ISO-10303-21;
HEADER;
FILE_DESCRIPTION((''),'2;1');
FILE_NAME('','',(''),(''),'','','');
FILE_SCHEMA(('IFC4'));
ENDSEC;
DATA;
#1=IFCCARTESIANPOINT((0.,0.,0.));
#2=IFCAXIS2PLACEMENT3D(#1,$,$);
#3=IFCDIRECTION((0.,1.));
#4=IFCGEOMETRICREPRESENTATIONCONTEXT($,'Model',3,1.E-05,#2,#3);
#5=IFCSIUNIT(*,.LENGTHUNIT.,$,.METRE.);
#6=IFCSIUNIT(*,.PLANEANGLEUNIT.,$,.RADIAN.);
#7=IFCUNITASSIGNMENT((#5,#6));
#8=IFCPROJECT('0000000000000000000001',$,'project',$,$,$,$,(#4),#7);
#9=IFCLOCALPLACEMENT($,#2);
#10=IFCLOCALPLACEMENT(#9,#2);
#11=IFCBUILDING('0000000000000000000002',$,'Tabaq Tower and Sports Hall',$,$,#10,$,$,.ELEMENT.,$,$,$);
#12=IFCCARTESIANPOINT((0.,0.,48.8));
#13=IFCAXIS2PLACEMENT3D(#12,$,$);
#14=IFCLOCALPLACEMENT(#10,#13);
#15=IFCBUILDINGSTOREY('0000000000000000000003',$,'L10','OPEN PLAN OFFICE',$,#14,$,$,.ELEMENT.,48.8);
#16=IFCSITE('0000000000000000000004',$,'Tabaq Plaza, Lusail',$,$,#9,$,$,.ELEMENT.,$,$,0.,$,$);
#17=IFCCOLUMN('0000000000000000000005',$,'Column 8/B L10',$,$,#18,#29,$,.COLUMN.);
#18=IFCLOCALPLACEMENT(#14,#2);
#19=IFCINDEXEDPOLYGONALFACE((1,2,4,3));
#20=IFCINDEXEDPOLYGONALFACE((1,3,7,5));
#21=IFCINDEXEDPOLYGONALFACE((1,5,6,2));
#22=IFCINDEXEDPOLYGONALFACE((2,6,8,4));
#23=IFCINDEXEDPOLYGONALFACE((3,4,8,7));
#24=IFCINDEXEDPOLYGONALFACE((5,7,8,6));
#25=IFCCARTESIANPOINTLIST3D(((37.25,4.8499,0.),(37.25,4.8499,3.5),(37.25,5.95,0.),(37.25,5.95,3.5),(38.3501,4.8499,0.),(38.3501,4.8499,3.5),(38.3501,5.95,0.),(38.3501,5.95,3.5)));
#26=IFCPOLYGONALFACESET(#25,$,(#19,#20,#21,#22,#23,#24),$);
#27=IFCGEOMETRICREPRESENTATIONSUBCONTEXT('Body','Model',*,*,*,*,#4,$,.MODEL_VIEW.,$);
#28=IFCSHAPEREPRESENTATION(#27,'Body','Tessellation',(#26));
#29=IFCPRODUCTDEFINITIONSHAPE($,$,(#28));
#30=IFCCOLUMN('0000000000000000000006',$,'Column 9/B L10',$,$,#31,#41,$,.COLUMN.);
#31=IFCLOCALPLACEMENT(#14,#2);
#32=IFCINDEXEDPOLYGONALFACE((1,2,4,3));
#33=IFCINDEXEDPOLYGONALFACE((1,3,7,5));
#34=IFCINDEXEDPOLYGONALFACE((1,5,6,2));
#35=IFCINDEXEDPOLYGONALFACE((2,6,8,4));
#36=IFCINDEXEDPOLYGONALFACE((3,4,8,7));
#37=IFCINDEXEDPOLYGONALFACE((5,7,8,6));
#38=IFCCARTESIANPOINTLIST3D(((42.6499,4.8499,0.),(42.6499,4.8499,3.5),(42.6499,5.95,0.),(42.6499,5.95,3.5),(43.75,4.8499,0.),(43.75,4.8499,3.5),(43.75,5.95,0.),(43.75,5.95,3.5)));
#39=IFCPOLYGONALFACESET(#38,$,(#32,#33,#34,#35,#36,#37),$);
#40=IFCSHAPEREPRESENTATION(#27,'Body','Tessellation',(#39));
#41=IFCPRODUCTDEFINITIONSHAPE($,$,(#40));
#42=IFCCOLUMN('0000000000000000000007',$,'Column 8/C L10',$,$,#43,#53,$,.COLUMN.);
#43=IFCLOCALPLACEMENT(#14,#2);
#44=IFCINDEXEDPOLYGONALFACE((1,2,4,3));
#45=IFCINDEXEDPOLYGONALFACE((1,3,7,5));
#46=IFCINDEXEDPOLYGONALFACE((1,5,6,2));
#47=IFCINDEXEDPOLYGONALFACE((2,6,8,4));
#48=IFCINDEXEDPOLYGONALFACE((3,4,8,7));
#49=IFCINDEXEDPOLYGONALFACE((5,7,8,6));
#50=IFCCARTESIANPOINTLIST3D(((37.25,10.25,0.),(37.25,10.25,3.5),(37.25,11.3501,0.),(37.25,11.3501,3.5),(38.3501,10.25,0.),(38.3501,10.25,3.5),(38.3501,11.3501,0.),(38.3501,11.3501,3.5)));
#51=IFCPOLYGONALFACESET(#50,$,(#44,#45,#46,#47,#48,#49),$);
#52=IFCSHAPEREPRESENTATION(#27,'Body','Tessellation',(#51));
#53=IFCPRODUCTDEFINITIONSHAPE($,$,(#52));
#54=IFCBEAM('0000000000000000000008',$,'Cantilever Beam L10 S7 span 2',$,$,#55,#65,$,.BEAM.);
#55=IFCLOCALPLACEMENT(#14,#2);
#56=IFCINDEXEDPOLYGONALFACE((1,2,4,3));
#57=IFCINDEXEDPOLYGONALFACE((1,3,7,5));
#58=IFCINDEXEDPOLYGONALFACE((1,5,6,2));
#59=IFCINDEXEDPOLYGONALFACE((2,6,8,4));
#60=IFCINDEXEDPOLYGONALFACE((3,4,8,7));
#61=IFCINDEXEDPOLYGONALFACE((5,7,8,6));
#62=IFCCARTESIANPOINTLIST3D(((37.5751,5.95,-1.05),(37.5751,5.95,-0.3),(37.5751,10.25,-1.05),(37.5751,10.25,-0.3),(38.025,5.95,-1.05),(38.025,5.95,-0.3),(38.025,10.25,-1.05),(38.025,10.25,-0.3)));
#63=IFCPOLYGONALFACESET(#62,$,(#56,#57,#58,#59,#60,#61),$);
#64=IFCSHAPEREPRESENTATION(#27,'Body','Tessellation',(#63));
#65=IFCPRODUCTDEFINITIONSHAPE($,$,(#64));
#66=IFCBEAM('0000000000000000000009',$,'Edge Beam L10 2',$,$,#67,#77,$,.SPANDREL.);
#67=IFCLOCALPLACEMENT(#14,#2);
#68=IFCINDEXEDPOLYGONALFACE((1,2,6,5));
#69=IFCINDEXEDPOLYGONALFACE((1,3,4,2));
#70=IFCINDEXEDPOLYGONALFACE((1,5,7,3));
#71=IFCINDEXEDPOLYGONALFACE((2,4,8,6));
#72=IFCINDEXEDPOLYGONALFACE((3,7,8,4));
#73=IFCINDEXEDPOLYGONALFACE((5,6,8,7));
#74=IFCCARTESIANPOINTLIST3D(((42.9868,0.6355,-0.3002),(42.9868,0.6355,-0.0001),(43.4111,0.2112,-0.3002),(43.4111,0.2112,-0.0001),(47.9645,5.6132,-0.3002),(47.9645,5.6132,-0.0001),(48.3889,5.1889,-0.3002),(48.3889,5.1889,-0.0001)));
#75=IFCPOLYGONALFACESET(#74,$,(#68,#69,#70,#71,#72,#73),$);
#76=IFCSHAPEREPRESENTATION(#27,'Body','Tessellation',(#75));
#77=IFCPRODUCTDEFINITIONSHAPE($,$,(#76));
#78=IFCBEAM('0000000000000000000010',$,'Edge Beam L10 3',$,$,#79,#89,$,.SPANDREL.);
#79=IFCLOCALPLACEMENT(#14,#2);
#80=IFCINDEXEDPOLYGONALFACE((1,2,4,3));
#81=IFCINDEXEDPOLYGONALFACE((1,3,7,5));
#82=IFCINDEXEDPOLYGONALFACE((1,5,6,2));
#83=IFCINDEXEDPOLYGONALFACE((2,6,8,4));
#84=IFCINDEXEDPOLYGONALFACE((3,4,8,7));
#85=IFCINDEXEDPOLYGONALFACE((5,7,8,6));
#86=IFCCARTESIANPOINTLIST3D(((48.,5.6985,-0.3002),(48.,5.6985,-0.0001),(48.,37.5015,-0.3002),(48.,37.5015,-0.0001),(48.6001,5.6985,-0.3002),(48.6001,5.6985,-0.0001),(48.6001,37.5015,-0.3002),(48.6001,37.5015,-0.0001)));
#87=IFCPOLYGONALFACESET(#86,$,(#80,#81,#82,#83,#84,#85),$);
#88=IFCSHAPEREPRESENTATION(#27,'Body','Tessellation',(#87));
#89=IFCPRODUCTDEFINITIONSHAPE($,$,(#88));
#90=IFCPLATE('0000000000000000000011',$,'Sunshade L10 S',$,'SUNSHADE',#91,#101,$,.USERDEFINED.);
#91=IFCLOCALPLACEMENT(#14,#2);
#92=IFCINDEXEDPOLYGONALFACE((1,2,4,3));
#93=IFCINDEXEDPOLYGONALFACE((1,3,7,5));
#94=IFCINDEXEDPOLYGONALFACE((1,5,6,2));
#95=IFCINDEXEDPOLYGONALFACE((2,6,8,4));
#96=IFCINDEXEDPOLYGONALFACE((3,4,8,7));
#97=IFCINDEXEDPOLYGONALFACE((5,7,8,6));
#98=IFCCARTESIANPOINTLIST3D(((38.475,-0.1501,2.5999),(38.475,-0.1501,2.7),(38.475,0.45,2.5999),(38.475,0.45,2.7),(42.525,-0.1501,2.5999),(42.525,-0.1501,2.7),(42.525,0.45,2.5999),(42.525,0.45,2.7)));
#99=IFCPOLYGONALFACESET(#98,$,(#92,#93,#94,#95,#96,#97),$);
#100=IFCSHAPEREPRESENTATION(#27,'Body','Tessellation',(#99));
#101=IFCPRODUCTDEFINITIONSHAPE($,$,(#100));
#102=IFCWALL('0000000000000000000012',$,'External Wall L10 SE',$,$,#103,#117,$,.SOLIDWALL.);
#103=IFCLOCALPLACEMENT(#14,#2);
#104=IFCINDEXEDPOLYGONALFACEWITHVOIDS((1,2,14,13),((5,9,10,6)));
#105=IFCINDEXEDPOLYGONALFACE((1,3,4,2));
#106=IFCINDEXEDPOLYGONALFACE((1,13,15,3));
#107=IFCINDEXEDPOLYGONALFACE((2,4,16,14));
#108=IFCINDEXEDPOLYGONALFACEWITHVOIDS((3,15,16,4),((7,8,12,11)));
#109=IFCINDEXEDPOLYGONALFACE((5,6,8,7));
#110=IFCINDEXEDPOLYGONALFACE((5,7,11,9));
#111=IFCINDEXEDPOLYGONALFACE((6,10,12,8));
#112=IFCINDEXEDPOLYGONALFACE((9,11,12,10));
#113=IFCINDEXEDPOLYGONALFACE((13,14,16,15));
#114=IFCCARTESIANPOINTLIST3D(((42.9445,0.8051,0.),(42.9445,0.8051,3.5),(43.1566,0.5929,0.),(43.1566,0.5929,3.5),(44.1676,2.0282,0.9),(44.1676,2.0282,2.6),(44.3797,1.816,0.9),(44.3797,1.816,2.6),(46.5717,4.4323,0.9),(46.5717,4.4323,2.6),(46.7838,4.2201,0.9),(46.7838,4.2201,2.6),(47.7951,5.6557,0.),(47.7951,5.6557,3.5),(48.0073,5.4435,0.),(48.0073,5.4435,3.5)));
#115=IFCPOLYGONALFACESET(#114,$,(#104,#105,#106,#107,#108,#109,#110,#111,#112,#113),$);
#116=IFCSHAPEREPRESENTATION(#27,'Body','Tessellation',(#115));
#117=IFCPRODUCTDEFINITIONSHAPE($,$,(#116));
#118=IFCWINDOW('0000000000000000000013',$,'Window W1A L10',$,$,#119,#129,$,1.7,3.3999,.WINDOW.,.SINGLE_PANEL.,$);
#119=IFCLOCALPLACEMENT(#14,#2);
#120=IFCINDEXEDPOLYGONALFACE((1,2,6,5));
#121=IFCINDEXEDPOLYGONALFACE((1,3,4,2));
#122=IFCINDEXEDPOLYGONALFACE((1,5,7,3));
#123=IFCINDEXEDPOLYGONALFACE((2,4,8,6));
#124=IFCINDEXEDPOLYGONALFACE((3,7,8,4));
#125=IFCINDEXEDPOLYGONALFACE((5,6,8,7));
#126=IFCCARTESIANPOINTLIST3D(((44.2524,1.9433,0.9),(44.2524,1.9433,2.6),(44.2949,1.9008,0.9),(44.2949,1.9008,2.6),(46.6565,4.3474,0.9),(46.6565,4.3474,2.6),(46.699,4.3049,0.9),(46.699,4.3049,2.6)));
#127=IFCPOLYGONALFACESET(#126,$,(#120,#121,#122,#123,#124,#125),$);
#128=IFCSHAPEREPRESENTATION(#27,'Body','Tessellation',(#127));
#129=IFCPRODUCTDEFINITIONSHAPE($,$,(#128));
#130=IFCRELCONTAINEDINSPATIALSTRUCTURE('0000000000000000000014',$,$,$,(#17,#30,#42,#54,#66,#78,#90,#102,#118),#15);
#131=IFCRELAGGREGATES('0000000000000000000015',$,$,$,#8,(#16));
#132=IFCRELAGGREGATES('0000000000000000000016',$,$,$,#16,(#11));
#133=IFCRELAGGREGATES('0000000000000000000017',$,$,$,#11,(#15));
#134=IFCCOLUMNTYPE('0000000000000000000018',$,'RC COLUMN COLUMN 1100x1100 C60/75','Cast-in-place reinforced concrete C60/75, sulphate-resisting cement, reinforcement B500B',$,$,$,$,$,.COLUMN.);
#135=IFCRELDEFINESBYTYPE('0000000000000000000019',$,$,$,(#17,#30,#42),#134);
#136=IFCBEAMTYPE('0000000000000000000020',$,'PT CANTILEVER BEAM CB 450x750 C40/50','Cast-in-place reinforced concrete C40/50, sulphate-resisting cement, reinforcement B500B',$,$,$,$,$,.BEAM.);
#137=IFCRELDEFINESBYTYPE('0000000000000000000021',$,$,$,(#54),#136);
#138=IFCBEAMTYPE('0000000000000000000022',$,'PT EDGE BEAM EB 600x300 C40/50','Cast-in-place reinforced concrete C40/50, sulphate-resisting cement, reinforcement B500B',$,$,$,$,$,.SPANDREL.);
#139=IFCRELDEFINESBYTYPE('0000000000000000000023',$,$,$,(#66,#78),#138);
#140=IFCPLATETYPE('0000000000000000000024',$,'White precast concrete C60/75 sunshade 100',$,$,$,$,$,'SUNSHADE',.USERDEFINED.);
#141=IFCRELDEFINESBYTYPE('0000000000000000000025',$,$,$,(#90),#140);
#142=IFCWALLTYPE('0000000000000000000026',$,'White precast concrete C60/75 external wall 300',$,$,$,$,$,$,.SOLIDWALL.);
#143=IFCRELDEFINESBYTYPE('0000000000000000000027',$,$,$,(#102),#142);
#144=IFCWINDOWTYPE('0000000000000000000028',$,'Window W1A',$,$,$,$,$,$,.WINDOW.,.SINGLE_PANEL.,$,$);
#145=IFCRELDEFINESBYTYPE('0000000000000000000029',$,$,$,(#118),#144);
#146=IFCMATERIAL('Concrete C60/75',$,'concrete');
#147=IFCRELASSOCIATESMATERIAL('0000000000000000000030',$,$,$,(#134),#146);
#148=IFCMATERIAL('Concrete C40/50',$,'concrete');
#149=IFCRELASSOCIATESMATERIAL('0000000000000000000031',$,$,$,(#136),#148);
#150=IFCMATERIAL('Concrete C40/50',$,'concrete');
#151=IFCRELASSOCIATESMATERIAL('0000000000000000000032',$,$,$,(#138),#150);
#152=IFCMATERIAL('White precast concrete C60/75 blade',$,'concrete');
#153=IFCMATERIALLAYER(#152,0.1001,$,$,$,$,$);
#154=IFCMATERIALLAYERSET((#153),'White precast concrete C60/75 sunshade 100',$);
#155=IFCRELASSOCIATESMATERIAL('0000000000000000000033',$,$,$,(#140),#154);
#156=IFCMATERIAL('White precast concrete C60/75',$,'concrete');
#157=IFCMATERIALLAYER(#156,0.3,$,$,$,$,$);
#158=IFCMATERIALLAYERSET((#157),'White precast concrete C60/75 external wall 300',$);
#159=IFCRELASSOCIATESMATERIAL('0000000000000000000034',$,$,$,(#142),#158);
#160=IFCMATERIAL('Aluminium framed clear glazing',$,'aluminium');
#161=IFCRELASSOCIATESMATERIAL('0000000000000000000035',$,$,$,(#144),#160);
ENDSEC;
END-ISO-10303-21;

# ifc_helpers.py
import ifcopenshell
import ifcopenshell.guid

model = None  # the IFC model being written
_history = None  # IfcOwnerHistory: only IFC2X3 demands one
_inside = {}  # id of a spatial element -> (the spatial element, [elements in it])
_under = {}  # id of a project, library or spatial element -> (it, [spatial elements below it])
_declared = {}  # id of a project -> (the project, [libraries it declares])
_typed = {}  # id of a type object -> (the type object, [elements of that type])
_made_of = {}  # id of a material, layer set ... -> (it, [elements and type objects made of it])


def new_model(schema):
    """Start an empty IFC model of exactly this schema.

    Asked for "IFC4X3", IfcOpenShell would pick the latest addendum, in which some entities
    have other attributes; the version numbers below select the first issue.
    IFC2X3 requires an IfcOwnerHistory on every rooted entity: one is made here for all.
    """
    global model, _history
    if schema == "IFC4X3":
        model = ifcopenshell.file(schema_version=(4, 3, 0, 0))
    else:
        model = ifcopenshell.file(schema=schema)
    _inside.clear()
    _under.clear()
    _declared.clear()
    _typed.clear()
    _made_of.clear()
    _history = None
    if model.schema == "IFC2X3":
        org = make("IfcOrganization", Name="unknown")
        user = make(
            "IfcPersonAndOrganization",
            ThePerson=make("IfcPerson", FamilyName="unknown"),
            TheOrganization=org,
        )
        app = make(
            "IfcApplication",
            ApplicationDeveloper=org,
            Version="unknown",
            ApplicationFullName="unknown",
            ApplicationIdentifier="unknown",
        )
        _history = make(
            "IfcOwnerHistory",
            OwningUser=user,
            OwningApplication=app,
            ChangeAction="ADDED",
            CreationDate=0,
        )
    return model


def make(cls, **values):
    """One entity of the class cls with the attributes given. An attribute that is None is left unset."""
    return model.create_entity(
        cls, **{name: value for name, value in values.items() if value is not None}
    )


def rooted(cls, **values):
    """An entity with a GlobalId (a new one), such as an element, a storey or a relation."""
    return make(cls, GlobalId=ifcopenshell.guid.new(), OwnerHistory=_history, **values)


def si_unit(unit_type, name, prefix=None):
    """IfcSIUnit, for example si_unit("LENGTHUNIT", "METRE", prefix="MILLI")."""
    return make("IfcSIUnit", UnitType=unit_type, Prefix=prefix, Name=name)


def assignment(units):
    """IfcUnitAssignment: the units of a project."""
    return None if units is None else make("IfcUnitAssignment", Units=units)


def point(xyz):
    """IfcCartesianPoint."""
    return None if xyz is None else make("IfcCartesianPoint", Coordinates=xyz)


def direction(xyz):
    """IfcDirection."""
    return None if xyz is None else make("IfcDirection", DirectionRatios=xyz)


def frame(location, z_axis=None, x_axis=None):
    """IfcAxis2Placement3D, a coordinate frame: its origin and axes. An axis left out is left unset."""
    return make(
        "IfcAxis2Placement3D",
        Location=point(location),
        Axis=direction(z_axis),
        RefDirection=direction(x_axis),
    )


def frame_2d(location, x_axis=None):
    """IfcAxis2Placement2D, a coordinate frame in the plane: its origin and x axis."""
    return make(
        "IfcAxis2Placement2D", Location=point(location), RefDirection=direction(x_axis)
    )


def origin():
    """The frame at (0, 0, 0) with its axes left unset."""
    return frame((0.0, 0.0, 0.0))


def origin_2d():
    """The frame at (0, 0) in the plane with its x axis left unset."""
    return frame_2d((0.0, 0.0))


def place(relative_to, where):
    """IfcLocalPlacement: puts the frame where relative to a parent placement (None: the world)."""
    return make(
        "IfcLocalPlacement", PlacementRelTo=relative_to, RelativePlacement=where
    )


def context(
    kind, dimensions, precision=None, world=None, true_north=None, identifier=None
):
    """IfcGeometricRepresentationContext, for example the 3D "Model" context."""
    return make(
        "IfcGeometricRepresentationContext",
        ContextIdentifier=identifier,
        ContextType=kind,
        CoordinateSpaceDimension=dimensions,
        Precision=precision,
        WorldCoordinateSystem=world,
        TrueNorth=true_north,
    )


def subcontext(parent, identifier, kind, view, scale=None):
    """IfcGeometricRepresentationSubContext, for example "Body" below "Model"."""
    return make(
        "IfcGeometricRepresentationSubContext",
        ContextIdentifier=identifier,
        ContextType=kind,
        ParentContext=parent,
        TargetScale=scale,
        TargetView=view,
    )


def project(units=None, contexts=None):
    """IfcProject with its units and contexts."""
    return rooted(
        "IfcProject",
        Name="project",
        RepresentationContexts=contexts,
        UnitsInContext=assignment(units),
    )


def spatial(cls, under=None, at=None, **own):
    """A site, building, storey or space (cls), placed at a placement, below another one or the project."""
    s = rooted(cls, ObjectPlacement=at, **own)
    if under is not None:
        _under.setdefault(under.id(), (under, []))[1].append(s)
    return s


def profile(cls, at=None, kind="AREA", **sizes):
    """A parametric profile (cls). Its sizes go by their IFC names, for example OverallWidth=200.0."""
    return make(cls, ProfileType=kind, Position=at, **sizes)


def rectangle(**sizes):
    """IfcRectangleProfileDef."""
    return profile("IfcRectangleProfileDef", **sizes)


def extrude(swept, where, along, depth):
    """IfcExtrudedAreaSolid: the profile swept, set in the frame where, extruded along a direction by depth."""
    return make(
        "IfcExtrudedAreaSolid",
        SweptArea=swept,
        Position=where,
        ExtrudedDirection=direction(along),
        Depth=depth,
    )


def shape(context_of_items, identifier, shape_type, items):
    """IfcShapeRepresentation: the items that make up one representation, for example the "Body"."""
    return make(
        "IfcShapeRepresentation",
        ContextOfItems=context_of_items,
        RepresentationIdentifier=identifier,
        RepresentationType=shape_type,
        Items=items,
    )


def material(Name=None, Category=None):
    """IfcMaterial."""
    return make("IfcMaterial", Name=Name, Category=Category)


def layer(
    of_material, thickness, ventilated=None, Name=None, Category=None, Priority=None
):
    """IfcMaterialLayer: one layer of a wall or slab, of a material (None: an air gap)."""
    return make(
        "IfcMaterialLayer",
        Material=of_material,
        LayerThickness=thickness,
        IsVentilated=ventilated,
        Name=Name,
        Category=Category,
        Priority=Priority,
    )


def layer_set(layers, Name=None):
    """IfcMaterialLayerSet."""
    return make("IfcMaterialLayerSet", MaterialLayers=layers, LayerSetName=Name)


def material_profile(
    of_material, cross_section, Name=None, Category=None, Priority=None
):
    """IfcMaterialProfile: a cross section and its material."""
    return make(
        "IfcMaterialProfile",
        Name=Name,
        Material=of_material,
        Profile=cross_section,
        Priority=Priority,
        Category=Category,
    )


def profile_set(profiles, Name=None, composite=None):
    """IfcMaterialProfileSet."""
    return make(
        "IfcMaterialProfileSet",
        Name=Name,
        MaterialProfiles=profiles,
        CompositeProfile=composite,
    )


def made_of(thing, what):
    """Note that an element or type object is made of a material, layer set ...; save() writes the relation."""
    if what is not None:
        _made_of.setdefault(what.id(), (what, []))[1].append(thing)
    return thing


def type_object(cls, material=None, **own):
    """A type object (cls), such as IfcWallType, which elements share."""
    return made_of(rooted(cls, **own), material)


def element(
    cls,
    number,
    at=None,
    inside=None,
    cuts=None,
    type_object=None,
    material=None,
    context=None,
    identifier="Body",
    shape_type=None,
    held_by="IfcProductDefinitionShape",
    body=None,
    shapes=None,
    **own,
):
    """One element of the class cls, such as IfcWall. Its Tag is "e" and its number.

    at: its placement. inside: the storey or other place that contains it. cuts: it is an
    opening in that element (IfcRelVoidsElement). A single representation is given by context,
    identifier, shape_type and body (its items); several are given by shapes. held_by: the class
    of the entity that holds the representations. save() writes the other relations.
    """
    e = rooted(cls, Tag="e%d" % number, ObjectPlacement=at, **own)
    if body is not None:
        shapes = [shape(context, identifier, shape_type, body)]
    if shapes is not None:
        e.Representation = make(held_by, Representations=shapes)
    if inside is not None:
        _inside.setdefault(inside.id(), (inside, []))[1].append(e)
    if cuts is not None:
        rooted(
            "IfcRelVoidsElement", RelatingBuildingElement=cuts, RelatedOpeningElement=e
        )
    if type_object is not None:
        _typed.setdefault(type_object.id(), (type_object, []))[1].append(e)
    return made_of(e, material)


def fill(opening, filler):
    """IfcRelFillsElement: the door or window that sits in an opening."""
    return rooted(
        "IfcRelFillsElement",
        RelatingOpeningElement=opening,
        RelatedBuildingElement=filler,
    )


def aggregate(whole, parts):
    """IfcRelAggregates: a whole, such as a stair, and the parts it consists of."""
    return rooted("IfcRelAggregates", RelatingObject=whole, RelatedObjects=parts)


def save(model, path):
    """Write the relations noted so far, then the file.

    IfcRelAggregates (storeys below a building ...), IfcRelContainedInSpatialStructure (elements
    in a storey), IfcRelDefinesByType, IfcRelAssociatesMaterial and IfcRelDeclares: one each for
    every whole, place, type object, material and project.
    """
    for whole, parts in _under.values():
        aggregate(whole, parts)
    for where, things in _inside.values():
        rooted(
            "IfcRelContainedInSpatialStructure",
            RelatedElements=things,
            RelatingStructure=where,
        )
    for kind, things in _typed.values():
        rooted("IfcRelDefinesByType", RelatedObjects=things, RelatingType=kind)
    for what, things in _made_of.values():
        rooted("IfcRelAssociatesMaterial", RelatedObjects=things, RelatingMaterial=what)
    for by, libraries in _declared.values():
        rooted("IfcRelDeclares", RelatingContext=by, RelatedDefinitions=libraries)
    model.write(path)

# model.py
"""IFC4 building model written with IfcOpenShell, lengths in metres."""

from ifc_helpers import new_model, si_unit, direction, frame, frame_2d, origin, origin_2d, place, context, subcontext, project, spatial, rectangle, extrude, material, layer, layer_set, material_profile, profile_set, type_object, element, fill, save


model = new_model("IFC4")

# Units and contexts
model_context = context("Model", 3, precision=1e-05, world=origin(), true_north=direction((0.0, 1.0)))
body_context = subcontext(model_context, "Body", "Model", "MODEL_VIEW")
ifc_project = project(units=[si_unit("LENGTHUNIT", "METRE"), si_unit("PLANEANGLEUNIT", "RADIAN")], contexts=[model_context])

# Site, building, storey
site_placement = place(None, origin())
site = spatial("IfcSite", under=ifc_project, at=site_placement, Name="Tabaq Plaza, Lusail", CompositionType="ELEMENT", RefElevation=0.0)
building_placement = place(site_placement, origin())
building = spatial("IfcBuilding", under=site, at=building_placement, Name="Tabaq Tower and Sports Hall", CompositionType="ELEMENT")
storey_placement = place(building_placement, frame((0.0, 0.0, 48.8)))
storey = spatial("IfcBuildingStorey", under=building, at=storey_placement, Name="L10", Description="OPEN PLAN OFFICE", CompositionType="ELEMENT", Elevation=48.8)

# Columns
ifc_material_1 = material(Name="Concrete C60/75", Category="concrete")
ifc_material_profile_1 = material_profile(ifc_material_1, rectangle(XDim=1.1001, YDim=1.1001, at=origin_2d()), Name="COLUMN 1100x1100")
ifc_profile_set_1 = profile_set([ifc_material_profile_1], Name="Concrete C60/75")
column_type = type_object("IfcColumnType", Name="RC COLUMN COLUMN 1100x1100 C60/75", Description="Cast-in-place reinforced concrete C60/75, sulphate-resisting cement, reinforcement B500B", PredefinedType="COLUMN", material=ifc_profile_set_1)
for number, where, z_axis, x_axis, name in (
    (1, (37.8, 5.3999, 0.0), (0.0, 0.0, 1.0), (1.0, 0.0, 0.0), "Column 8/B L10"),
    (2, (43.2, 5.3999, 0.0), (0.0, 0.0, 1.0), (1.0, 0.0, 0.0), "Column 9/B L10"),
    (3, (37.8, 10.8, 0.0), (0.0, 0.0, 1.0), (1.0, 0.0, 0.0), "Column 8/C L10"),
):
    element("IfcColumn", number, at=place(storey_placement, frame(where, z_axis=z_axis, x_axis=x_axis)), inside=storey, type_object=column_type, Name=name, PredefinedType="COLUMN", context=body_context, shape_type="SweptSolid", body=[
        extrude(rectangle(XDim=1.1001, YDim=1.1001, at=origin_2d()), origin(), (0.0, 0.0, 1.0), 3.5),
    ])

# Beams
ifc_material_2 = material(Name="Concrete C40/50", Category="concrete")
ifc_material_profile_2 = material_profile(ifc_material_2, rectangle(XDim=0.45, YDim=0.75, at=origin_2d()), Name="CB 450x750")
ifc_profile_set_2 = profile_set([ifc_material_profile_2], Name="Concrete C40/50")
beam_type_1 = type_object("IfcBeamType", Name="PT CANTILEVER BEAM CB 450x750 C40/50", Description="Cast-in-place reinforced concrete C40/50, sulphate-resisting cement, reinforcement B500B", PredefinedType="BEAM", material=ifc_profile_set_2)
beam_1_placement = place(storey_placement, frame((37.8, 5.95, -0.675), z_axis=(0.0, 1.0, 0.0), x_axis=(-1.0, 0.0, 0.0)))
element("IfcBeam", 4, at=beam_1_placement, inside=storey, type_object=beam_type_1, Name="Cantilever Beam L10 S7 span 2", PredefinedType="BEAM", context=body_context, shape_type="SweptSolid", body=[
    extrude(rectangle(XDim=0.45, YDim=0.75, at=origin_2d()), origin(), (0.0, 0.0, 1.0), 4.3),
])
ifc_material_3 = material(Name="Concrete C40/50", Category="concrete")
ifc_material_profile_3 = material_profile(ifc_material_3, rectangle(XDim=0.6001, YDim=0.3, at=origin_2d()), Name="EB 600x300")
ifc_profile_set_3 = profile_set([ifc_material_profile_3], Name="Concrete C40/50")
beam_type_2 = type_object("IfcBeamType", Name="PT EDGE BEAM EB 600x300 C40/50", Description="Cast-in-place reinforced concrete C40/50, sulphate-resisting cement, reinforcement B500B", PredefinedType="SPANDREL", material=ifc_profile_set_3)
beam_2_placement = place(storey_placement, frame((43.199, 0.4233, -0.1501), z_axis=(0.707107, 0.707107, 0.0), x_axis=(-0.707107, 0.707107, 0.0)))
element("IfcBeam", 5, at=beam_2_placement, inside=storey, type_object=beam_type_2, Name="Edge Beam L10 2", PredefinedType="SPANDREL", context=body_context, shape_type="SweptSolid", body=[
    extrude(rectangle(XDim=0.6001, YDim=0.3, at=origin_2d()), origin(), (0.0, 0.0, 1.0), 7.0396),
])
beam_3_placement = place(storey_placement, frame((48.3, 5.6985, -0.1501), z_axis=(0.0, 1.0, 0.0), x_axis=(-1.0, 0.0, 0.0)))
element("IfcBeam", 6, at=beam_3_placement, inside=storey, type_object=beam_type_2, Name="Edge Beam L10 3", PredefinedType="SPANDREL", context=body_context, shape_type="SweptSolid", body=[
    extrude(rectangle(XDim=0.6001, YDim=0.3, at=origin_2d()), origin(), (0.0, 0.0, 1.0), 31.803),
])

# Plate
ifc_material_4 = material(Name="White precast concrete C60/75 blade", Category="concrete")
ifc_layer_1 = layer(ifc_material_4, 0.1001)
ifc_layer_set_1 = layer_set([ifc_layer_1], Name="White precast concrete C60/75 sunshade 100")
plate_type = type_object("IfcPlateType", Name="White precast concrete C60/75 sunshade 100", ElementType="SUNSHADE", PredefinedType="USERDEFINED", material=ifc_layer_set_1)
plate_placement = place(storey_placement, frame((40.5, 0.1499, 2.5999), z_axis=(0.0, 0.0, 1.0), x_axis=(1.0, 0.0, 0.0)))
element("IfcPlate", 7, at=plate_placement, inside=storey, type_object=plate_type, Name="Sunshade L10 S", ObjectType="SUNSHADE", PredefinedType="USERDEFINED", context=body_context, shape_type="SweptSolid", body=[
    extrude(rectangle(XDim=4.05, YDim=0.6001, at=origin_2d()), origin(), (0.0, 0.0, 1.0), 0.1001),
])

# Wall, opening, window
ifc_material_5 = material(Name="White precast concrete C60/75", Category="concrete")
ifc_layer_2 = layer(ifc_material_5, 0.3)
ifc_layer_set_2 = layer_set([ifc_layer_2], Name="White precast concrete C60/75 external wall 300")
wall_type = type_object("IfcWallType", Name="White precast concrete C60/75 external wall 300", PredefinedType="SOLIDWALL", material=ifc_layer_set_2)
wall_1_placement = place(storey_placement, frame((43.0505, 0.699, 0.0), z_axis=(0.0, 0.0, 1.0), x_axis=(0.707107, 0.707107, 0.0)))
wall_1 = element("IfcWall", 8, at=wall_1_placement, inside=storey, type_object=wall_type, Name="External Wall L10 SE", PredefinedType="SOLIDWALL", context=body_context, shape_type="SweptSolid", body=[
    extrude(rectangle(XDim=6.8599, YDim=0.3, at=frame_2d((3.4299, 0.0))), origin(), (0.0, 0.0, 1.0), 3.5),
])
opening_1_placement = place(wall_1_placement, frame((1.7297, 0.0, 0.8999)))
opening_1 = element("IfcOpeningElement", 9, at=opening_1_placement, cuts=wall_1, PredefinedType="OPENING", context=body_context, shape_type="SweptSolid", body=[
    extrude(rectangle(XDim=3.3999, YDim=1.7, at=frame_2d((1.7, 0.8501))), frame((0.0, 0.1602, 0.0), z_axis=(0.0, -1.0, 0.0), x_axis=(1.0, 0.0, 0.0)), (0.0, 0.0, 1.0), 0.3201),
])
ifc_material_6 = material(Name="Aluminium framed clear glazing", Category="aluminium")
window_type = type_object("IfcWindowType", Name="Window W1A", PartitioningType="SINGLE_PANEL", PredefinedType="WINDOW", material=ifc_material_6)
window_1_placement = place(opening_1_placement, origin())
window_1 = element("IfcWindow", 10, at=window_1_placement, inside=storey, type_object=window_type, Name="Window W1A L10", OverallHeight=1.7, OverallWidth=3.3999, PartitioningType="SINGLE_PANEL", PredefinedType="WINDOW", context=body_context, shape_type="SweptSolid", body=[
    extrude(rectangle(XDim=3.3999, YDim=1.7, at=frame_2d((1.7, 0.8501))), frame((0.0, 0.03, 0.0), z_axis=(0.0, -1.0, 0.0), x_axis=(1.0, 0.0, 0.0)), (0.0, 0.0, 1.0), 0.0601),
])
fill(opening_1, window_1)

save(model, "model.ifc")
